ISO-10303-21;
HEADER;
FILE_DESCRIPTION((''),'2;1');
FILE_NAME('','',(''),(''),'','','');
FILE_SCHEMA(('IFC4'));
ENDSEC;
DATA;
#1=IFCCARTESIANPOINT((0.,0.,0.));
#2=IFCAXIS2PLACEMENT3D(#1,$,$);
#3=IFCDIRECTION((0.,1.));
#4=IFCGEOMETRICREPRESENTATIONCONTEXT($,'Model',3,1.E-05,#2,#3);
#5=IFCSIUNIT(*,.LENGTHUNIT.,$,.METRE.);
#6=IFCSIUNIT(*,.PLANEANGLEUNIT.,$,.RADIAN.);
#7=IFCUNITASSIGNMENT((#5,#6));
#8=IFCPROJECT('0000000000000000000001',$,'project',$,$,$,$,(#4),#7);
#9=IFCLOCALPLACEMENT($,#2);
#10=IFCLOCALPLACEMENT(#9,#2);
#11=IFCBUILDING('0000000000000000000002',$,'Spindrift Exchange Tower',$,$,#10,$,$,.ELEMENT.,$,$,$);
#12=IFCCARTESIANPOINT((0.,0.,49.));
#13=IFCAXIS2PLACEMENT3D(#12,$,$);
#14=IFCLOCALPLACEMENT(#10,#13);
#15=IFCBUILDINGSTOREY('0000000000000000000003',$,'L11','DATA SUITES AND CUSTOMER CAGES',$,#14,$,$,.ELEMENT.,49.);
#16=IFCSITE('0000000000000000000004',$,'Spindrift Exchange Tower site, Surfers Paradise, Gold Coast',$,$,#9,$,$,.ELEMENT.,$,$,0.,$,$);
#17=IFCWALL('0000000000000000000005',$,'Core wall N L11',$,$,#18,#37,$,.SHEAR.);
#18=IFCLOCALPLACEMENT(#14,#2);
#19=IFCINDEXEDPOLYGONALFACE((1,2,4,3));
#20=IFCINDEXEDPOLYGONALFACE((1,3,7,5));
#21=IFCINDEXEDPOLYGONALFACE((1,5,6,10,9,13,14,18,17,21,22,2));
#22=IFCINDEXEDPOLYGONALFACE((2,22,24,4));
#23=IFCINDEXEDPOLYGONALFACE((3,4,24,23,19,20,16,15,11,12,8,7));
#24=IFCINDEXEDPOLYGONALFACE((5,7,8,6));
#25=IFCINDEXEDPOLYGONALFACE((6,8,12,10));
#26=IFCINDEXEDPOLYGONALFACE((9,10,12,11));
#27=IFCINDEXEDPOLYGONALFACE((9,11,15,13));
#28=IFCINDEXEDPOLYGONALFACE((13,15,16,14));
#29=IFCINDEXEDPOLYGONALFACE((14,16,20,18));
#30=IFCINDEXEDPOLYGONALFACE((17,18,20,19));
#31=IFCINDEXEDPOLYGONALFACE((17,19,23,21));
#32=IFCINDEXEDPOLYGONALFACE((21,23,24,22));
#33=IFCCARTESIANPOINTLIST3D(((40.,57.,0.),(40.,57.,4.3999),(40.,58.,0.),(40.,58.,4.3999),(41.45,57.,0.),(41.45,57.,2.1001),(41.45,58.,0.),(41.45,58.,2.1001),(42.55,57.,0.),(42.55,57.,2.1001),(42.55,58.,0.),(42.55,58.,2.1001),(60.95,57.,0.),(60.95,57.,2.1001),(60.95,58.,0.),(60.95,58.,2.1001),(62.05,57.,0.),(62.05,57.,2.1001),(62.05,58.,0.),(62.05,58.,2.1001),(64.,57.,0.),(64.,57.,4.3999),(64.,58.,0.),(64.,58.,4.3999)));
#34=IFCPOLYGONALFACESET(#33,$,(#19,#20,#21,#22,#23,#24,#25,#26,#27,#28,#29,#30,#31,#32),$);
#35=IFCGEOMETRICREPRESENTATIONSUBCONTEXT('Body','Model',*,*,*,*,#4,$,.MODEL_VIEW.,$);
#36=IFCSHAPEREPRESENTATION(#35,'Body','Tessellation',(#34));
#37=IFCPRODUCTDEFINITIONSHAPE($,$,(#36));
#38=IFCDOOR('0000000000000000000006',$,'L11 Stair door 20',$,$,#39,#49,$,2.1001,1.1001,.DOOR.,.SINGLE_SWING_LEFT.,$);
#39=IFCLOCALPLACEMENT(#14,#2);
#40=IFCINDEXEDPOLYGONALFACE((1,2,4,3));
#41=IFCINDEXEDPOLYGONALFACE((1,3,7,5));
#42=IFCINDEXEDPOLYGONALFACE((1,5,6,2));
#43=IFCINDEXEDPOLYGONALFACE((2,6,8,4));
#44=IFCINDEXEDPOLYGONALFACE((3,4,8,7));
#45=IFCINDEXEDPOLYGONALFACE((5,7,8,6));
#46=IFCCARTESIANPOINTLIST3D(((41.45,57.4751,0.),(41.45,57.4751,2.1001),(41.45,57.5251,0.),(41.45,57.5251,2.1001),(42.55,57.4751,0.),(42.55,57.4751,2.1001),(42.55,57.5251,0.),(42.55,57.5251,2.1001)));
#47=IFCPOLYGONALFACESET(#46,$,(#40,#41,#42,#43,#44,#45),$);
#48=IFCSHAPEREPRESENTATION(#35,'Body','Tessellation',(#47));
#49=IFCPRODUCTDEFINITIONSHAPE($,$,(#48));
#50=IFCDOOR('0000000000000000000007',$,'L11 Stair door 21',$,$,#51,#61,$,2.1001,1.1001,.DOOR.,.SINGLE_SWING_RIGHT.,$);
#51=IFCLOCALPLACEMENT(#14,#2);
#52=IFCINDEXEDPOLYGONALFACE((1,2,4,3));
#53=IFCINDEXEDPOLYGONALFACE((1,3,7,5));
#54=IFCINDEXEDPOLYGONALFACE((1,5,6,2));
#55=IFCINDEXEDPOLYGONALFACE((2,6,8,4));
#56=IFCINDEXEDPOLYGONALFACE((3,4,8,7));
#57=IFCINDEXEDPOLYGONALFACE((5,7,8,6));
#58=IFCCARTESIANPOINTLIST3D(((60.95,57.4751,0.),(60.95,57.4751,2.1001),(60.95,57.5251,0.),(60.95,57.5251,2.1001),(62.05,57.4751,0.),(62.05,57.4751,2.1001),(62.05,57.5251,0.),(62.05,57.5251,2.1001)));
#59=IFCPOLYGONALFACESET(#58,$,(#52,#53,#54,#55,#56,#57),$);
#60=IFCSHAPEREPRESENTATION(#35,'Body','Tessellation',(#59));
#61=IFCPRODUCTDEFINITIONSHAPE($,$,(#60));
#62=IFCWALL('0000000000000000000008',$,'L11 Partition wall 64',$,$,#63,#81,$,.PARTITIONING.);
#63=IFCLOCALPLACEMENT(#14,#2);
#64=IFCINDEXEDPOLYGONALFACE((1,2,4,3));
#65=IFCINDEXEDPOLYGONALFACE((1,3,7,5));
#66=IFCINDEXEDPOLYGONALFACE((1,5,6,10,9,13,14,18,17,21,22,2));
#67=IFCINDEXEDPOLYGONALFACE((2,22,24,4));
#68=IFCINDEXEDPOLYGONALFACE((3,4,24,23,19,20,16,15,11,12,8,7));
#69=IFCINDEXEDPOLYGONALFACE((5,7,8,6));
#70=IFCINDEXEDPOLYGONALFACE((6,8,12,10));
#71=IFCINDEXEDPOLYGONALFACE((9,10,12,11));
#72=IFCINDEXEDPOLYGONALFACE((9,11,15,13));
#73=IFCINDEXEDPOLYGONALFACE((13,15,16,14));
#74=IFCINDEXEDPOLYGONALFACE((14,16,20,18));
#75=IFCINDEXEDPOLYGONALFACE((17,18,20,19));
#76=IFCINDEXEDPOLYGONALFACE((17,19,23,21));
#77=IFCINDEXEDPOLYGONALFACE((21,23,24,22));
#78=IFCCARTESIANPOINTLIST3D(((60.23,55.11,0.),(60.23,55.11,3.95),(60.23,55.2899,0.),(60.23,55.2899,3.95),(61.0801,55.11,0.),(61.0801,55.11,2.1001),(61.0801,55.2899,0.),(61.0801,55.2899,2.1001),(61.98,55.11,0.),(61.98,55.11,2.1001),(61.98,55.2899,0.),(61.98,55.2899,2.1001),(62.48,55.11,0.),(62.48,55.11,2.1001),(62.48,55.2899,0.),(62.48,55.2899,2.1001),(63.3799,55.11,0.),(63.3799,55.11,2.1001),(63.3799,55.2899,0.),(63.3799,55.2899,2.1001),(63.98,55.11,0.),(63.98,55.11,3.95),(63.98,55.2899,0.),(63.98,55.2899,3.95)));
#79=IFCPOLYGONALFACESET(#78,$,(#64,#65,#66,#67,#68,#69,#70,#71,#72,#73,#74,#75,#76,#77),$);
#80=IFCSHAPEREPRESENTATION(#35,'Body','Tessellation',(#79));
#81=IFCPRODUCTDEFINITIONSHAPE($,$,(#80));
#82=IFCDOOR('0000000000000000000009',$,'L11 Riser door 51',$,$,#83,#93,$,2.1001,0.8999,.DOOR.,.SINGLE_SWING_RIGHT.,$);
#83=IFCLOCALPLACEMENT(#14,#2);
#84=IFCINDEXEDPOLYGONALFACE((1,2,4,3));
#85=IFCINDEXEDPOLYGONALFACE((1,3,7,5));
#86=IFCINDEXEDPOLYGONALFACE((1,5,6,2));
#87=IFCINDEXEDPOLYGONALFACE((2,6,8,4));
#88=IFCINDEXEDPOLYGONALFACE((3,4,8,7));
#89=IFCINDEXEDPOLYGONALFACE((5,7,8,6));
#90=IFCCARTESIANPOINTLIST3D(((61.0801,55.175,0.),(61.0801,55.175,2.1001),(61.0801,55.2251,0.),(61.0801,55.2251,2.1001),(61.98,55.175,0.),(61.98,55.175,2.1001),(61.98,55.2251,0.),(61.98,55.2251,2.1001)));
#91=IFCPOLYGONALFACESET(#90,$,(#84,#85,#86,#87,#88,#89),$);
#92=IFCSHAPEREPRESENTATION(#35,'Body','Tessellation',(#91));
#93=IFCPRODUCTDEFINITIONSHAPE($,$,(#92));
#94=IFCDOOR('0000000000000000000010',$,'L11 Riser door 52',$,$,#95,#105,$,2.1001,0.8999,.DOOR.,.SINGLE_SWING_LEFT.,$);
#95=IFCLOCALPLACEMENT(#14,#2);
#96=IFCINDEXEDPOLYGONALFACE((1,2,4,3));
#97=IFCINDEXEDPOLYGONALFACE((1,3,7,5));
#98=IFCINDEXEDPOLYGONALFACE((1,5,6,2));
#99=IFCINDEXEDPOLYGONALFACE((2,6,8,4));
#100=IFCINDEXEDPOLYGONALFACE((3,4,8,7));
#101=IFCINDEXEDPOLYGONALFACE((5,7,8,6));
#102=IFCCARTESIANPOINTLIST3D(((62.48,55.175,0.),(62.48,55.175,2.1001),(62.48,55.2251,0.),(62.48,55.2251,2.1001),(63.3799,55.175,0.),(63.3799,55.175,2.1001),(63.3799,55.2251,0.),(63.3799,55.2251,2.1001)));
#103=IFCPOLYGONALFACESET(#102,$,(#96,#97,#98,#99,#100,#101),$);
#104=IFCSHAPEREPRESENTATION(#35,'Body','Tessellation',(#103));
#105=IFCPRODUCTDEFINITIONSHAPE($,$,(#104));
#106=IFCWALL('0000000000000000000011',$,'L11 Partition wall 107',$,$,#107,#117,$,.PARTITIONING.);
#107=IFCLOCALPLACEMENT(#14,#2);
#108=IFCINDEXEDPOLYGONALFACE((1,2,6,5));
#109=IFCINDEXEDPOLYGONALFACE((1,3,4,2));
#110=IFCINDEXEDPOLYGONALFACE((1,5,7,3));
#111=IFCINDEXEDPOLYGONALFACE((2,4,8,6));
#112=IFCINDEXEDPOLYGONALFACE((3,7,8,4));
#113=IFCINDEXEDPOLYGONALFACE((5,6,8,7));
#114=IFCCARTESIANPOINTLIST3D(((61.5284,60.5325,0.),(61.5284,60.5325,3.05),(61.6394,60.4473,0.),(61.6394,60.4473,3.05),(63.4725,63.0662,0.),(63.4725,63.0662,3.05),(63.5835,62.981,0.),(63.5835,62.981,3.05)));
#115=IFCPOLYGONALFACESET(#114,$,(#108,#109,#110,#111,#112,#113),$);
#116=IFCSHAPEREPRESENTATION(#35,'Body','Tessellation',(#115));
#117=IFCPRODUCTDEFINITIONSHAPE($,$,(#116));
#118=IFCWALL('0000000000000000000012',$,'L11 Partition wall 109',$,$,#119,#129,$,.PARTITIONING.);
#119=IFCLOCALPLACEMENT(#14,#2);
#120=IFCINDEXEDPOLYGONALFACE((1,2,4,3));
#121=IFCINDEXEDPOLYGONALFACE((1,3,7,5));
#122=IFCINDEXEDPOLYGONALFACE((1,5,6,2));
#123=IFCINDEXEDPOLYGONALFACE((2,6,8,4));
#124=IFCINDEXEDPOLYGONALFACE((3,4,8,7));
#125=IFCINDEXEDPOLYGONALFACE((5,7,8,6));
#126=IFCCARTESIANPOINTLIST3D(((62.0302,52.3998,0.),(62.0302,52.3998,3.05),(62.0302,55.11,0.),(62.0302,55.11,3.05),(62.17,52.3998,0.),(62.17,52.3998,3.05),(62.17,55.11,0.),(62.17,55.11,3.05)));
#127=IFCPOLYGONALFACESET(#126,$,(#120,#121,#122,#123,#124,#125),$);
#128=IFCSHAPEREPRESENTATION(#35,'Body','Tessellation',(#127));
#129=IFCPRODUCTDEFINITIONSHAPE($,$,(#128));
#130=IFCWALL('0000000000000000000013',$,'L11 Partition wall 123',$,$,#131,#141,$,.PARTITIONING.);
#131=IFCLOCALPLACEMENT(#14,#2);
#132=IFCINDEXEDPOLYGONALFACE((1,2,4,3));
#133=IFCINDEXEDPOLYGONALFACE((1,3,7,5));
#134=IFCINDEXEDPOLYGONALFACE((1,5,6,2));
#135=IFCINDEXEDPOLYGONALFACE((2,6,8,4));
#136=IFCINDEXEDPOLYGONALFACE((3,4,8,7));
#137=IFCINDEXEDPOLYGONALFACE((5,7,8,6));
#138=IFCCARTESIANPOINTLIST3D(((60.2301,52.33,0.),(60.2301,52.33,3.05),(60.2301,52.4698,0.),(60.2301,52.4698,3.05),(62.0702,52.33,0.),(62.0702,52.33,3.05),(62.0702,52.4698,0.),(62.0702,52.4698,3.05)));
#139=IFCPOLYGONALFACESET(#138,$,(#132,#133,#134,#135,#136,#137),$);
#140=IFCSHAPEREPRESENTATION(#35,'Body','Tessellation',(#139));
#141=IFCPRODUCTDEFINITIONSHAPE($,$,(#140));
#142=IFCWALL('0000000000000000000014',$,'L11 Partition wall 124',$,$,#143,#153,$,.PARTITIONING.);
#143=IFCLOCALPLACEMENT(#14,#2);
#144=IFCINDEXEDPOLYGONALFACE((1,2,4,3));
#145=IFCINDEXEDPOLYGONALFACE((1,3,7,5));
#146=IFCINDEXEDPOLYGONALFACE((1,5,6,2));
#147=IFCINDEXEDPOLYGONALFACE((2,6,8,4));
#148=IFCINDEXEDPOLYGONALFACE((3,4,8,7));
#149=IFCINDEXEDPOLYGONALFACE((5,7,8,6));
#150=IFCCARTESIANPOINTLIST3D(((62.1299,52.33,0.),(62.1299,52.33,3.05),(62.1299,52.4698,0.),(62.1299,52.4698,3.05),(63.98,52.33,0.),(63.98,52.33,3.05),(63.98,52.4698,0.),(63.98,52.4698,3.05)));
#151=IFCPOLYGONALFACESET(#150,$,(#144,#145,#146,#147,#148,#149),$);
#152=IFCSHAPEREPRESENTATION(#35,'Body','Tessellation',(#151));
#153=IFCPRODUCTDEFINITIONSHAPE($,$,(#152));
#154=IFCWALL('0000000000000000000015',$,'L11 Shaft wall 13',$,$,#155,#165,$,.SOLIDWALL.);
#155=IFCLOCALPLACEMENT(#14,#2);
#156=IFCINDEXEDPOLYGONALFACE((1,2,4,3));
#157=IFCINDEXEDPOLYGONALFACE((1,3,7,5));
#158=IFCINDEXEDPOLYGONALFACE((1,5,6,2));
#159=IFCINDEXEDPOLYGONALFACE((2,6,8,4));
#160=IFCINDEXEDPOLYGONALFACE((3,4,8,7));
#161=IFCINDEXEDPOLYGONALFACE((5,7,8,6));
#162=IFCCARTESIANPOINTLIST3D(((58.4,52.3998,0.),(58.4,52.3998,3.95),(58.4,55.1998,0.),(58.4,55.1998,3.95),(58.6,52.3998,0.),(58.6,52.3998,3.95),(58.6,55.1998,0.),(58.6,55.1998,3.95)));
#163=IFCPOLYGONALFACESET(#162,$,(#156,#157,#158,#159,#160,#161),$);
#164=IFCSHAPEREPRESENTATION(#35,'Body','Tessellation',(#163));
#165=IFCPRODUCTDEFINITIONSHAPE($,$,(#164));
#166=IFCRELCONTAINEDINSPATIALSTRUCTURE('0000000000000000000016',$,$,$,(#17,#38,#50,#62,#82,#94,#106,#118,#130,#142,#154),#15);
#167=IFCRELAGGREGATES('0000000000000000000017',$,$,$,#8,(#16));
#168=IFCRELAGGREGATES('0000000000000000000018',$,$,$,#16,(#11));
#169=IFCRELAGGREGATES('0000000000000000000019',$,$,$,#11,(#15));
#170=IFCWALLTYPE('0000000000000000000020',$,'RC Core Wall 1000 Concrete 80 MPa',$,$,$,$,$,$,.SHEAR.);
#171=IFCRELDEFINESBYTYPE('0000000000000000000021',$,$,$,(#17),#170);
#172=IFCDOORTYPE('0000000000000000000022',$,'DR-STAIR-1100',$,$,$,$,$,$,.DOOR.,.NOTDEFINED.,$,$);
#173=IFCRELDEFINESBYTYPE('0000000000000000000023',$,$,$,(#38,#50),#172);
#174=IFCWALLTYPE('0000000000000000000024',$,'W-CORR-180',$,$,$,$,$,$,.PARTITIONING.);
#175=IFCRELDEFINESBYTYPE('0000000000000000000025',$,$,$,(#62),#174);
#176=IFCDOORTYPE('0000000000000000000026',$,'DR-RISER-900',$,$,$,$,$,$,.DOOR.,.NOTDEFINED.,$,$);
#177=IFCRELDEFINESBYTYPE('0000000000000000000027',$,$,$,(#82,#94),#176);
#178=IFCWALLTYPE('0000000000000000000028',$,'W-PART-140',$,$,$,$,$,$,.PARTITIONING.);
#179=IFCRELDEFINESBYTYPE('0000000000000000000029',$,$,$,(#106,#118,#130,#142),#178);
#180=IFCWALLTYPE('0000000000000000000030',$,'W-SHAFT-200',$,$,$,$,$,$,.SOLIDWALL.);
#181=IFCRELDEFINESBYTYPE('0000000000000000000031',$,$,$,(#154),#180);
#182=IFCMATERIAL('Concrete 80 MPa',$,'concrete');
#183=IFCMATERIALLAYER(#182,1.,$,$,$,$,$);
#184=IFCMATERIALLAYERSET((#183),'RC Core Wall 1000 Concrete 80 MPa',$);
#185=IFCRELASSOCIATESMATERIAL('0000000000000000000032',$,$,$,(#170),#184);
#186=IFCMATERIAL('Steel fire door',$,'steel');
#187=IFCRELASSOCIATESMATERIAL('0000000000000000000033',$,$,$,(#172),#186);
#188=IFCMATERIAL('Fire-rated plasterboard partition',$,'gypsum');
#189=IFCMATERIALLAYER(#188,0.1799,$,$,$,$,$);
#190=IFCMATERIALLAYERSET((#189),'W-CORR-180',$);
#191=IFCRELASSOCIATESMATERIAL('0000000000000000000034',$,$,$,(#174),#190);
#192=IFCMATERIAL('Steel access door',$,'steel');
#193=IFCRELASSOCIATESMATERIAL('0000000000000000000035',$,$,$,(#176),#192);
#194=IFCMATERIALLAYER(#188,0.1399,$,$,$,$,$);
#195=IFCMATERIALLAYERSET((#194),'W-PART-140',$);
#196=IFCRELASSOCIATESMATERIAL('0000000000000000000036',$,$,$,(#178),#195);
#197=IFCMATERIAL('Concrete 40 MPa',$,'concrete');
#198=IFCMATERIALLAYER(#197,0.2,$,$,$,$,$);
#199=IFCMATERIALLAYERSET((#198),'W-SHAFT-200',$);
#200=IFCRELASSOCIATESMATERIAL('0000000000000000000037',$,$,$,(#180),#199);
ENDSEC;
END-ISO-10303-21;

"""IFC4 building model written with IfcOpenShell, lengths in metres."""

from ifc_helpers import new_model, si_unit, direction, frame, frame_2d, origin, place, context, subcontext, project, spatial, rectangle, extrude, source, transform, mapped, material, layer, layer_set, type_object, element, fill, save


model = new_model("IFC4")

# Units and contexts
model_context = context("Model", 3, precision=1e-05, world=origin(), true_north=direction((0.0, 1.0)))
body_context = subcontext(model_context, "Body", "Model", "MODEL_VIEW")
ifc_project = project(units=[si_unit("LENGTHUNIT", "METRE"), si_unit("PLANEANGLEUNIT", "RADIAN")], contexts=[model_context])

# Site, building, storey
site_placement = place(None, origin())
site = spatial("IfcSite", under=ifc_project, at=site_placement, Name="Spindrift Exchange Tower site, Surfers Paradise, Gold Coast", CompositionType="ELEMENT", RefElevation=0.0)
building_placement = place(site_placement, origin())
building = spatial("IfcBuilding", under=site, at=building_placement, Name="Spindrift Exchange Tower", CompositionType="ELEMENT")
storey_placement = place(building_placement, frame((0.0, 0.0, 49.0)))
storey = spatial("IfcBuildingStorey", under=building, at=storey_placement, Name="L11", Description="DATA SUITES AND CUSTOMER CAGES", CompositionType="ELEMENT", Elevation=49.0)

# Walls, openings, doors
ifc_material_1 = material(Name="Concrete 80 MPa", Category="concrete")
ifc_layer_1 = layer(ifc_material_1, 1.0)
ifc_layer_set_1 = layer_set([ifc_layer_1], Name="RC Core Wall 1000 Concrete 80 MPa")
wall_type_1 = type_object("IfcWallType", Name="RC Core Wall 1000 Concrete 80 MPa", PredefinedType="SHEAR", material=ifc_layer_set_1)
wall_1_placement = place(storey_placement, frame((64.0, 57.5, 0.0), z_axis=(0.0, 0.0, 1.0), x_axis=(-1.0, 0.0, 0.0)))
wall_1 = element("IfcWall", 1, at=wall_1_placement, inside=storey, type_object=wall_type_1, Name="Core wall N L11", PredefinedType="SHEAR", context=body_context, shape_type="SweptSolid", body=[
    extrude(rectangle(XDim=24.0, YDim=1.0, at=frame_2d((12.0, 0.0))), origin(), (0.0, 0.0, 1.0), 4.3999),
])
opening_1_placement = place(wall_1_placement, frame((21.45, 0.0, 0.0)))
opening_1 = element("IfcOpeningElement", 2, at=opening_1_placement, cuts=wall_1, PredefinedType="OPENING", context=body_context, shape_type="SweptSolid", body=[
    extrude(rectangle(XDim=1.1001, YDim=2.1001, at=frame_2d((0.55, 1.05))), frame((0.0, 0.51, 0.0), z_axis=(0.0, -1.0, 0.0), x_axis=(1.0, 0.0, 0.0)), (0.0, 0.0, 1.0), 1.02),
])
opening_2_placement = place(wall_1_placement, frame((1.95, 0.0, 0.0)))
opening_2 = element("IfcOpeningElement", 3, at=opening_2_placement, cuts=wall_1, PredefinedType="OPENING", context=body_context, shape_type="SweptSolid", body=[
    extrude(rectangle(XDim=1.1001, YDim=2.1001, at=frame_2d((0.55, 1.05))), frame((0.0, 0.51, 0.0), z_axis=(0.0, -1.0, 0.0), x_axis=(1.0, 0.0, 0.0)), (0.0, 0.0, 1.0), 1.02),
])
ifc_material_2 = material(Name="Steel fire door", Category="steel")
door_type_1 = type_object("IfcDoorType", Name="DR-STAIR-1100", OperationType="NOTDEFINED", PredefinedType="DOOR", material=ifc_material_2)
shared_shape_1 = source(origin(), body_context, "Body", "SweptSolid", [
    extrude(rectangle(XDim=1.1001, YDim=2.1001, at=frame_2d((0.55, 1.05))), frame((0.0, 0.0249, 0.0), z_axis=(0.0, -1.0, 0.0), x_axis=(1.0, 0.0, 0.0)), (0.0, 0.0, 1.0), 0.05),
])
door_1_placement = place(opening_1_placement, origin())
door_1 = element("IfcDoor", 4, at=door_1_placement, inside=storey, type_object=door_type_1, Name="L11 Stair door 20", OperationType="SINGLE_SWING_LEFT", OverallHeight=2.1001, OverallWidth=1.1001, PredefinedType="DOOR", context=body_context, shape_type="MappedRepresentation", body=[
    mapped(shared_shape_1, transform((0.0, 0.0, 0.0), scale=1.0)),
])
fill(opening_1, door_1)
door_2_placement = place(opening_2_placement, origin())
door_2 = element("IfcDoor", 5, at=door_2_placement, inside=storey, type_object=door_type_1, Name="L11 Stair door 21", OperationType="SINGLE_SWING_RIGHT", OverallHeight=2.1001, OverallWidth=1.1001, PredefinedType="DOOR", context=body_context, shape_type="MappedRepresentation", body=[
    mapped(shared_shape_1, transform((0.0, 0.0, 0.0), scale=1.0)),
])
fill(opening_2, door_2)
ifc_material_3 = material(Name="Fire-rated plasterboard partition", Category="gypsum")
ifc_layer_2 = layer(ifc_material_3, 0.1799)
ifc_layer_set_2 = layer_set([ifc_layer_2], Name="W-CORR-180")
wall_type_2 = type_object("IfcWallType", Name="W-CORR-180", PredefinedType="PARTITIONING", material=ifc_layer_set_2)
wall_2_placement = place(storey_placement, frame((63.98, 55.2, 0.0), z_axis=(0.0, 0.0, 1.0), x_axis=(-1.0, 0.0, 0.0)))
wall_2 = element("IfcWall", 6, at=wall_2_placement, inside=storey, type_object=wall_type_2, Name="L11 Partition wall 64", PredefinedType="PARTITIONING", context=body_context, shape_type="SweptSolid", body=[
    extrude(rectangle(XDim=3.75, YDim=0.1799, at=frame_2d((1.875, 0.0))), origin(), (0.0, 0.0, 1.0), 3.95),
])
opening_3_placement = place(wall_2_placement, frame((2.0, 0.0, 0.0)))
opening_3 = element("IfcOpeningElement", 7, at=opening_3_placement, cuts=wall_2, PredefinedType="OPENING", context=body_context, shape_type="SweptSolid", body=[
    extrude(rectangle(XDim=0.8999, YDim=2.1001, at=frame_2d((0.45, 1.05))), frame((0.0, 0.0999, 0.0), z_axis=(0.0, -1.0, 0.0), x_axis=(1.0, 0.0, 0.0)), (0.0, 0.0, 1.0), 0.2),
])
opening_4_placement = place(wall_2_placement, frame((0.6001, 0.0, 0.0)))
opening_4 = element("IfcOpeningElement", 8, at=opening_4_placement, cuts=wall_2, PredefinedType="OPENING", context=body_context, shape_type="SweptSolid", body=[
    extrude(rectangle(XDim=0.8999, YDim=2.1001, at=frame_2d((0.45, 1.05))), frame((0.0, 0.0999, 0.0), z_axis=(0.0, -1.0, 0.0), x_axis=(1.0, 0.0, 0.0)), (0.0, 0.0, 1.0), 0.2),
])
ifc_material_4 = material(Name="Steel access door", Category="steel")
door_type_2 = type_object("IfcDoorType", Name="DR-RISER-900", OperationType="NOTDEFINED", PredefinedType="DOOR", material=ifc_material_4)
shared_shape_2 = source(origin(), body_context, "Body", "SweptSolid", [
    extrude(rectangle(XDim=0.8999, YDim=2.1001, at=frame_2d((0.45, 1.05))), frame((0.0, 0.0249, 0.0), z_axis=(0.0, -1.0, 0.0), x_axis=(1.0, 0.0, 0.0)), (0.0, 0.0, 1.0), 0.05),
])
door_3_placement = place(opening_3_placement, origin())
door_3 = element("IfcDoor", 9, at=door_3_placement, inside=storey, type_object=door_type_2, Name="L11 Riser door 51", OperationType="SINGLE_SWING_RIGHT", OverallHeight=2.1001, OverallWidth=0.8999, PredefinedType="DOOR", context=body_context, shape_type="MappedRepresentation", body=[
    mapped(shared_shape_2, transform((0.0, 0.0, 0.0), scale=1.0)),
])
fill(opening_3, door_3)
door_4_placement = place(opening_4_placement, origin())
door_4 = element("IfcDoor", 10, at=door_4_placement, inside=storey, type_object=door_type_2, Name="L11 Riser door 52", OperationType="SINGLE_SWING_LEFT", OverallHeight=2.1001, OverallWidth=0.8999, PredefinedType="DOOR", context=body_context, shape_type="MappedRepresentation", body=[
    mapped(shared_shape_2, transform((0.0, 0.0, 0.0), scale=1.0)),
])
fill(opening_4, door_4)

# Walls
ifc_layer_3 = layer(ifc_material_3, 0.1399)
ifc_layer_set_3 = layer_set([ifc_layer_3], Name="W-PART-140")
wall_type_3 = type_object("IfcWallType", Name="W-PART-140", PredefinedType="PARTITIONING", material=ifc_layer_set_3)
wall_3_placement = place(storey_placement, frame((61.584, 60.49, 0.0), z_axis=(0.0, 0.0, 1.0), x_axis=(0.608746, 0.793365, 0.0)))
element("IfcWall", 11, at=wall_3_placement, inside=storey, type_object=wall_type_3, Name="L11 Partition wall 107", PredefinedType="PARTITIONING", context=body_context, shape_type="SweptSolid", body=[
    extrude(rectangle(XDim=3.1936, YDim=0.1399, at=frame_2d((1.5967, 0.0))), origin(), (0.0, 0.0, 1.0), 3.05),
])
wall_4_placement = place(storey_placement, frame((62.1001, 52.3999, 0.0), z_axis=(0.0, 0.0, 1.0), x_axis=(0.0, 1.0, 0.0)))
element("IfcWall", 12, at=wall_4_placement, inside=storey, type_object=wall_type_3, Name="L11 Partition wall 109", PredefinedType="PARTITIONING", context=body_context, shape_type="SweptSolid", body=[
    extrude(rectangle(XDim=2.7102, YDim=0.1399, at=frame_2d((1.355, 0.0))), origin(), (0.0, 0.0, 1.0), 3.05),
])
wall_5_placement = place(storey_placement, frame((62.0701, 52.3999, 0.0), z_axis=(0.0, 0.0, 1.0), x_axis=(-1.0, 0.0, 0.0)))
element("IfcWall", 13, at=wall_5_placement, inside=storey, type_object=wall_type_3, Name="L11 Partition wall 123", PredefinedType="PARTITIONING", context=body_context, shape_type="SweptSolid", body=[
    extrude(rectangle(XDim=1.8401, YDim=0.1399, at=frame_2d((0.9199, 0.0))), origin(), (0.0, 0.0, 1.0), 3.05),
])
wall_6_placement = place(storey_placement, frame((63.98, 52.3999, 0.0), z_axis=(0.0, 0.0, 1.0), x_axis=(-1.0, 0.0, 0.0)))
element("IfcWall", 14, at=wall_6_placement, inside=storey, type_object=wall_type_3, Name="L11 Partition wall 124", PredefinedType="PARTITIONING", context=body_context, shape_type="SweptSolid", body=[
    extrude(rectangle(XDim=1.8501, YDim=0.1399, at=frame_2d((0.925, 0.0))), origin(), (0.0, 0.0, 1.0), 3.05),
])
ifc_material_5 = material(Name="Concrete 40 MPa", Category="concrete")
ifc_layer_4 = layer(ifc_material_5, 0.2)
ifc_layer_set_4 = layer_set([ifc_layer_4], Name="W-SHAFT-200")
wall_type_4 = type_object("IfcWallType", Name="W-SHAFT-200", PredefinedType="SOLIDWALL", material=ifc_layer_set_4)
for number, where, z_axis, x_axis, name in (
    (15, (58.5, 52.3999, 0.0), (0.0, 0.0, 1.0), (0.0, 1.0, 0.0), "L11 Shaft wall 13"),
):
    element("IfcWall", number, at=place(storey_placement, frame(where, z_axis=z_axis, x_axis=x_axis)), inside=storey, type_object=wall_type_4, Name=name, PredefinedType="SOLIDWALL", context=body_context, shape_type="SweptSolid", body=[
        extrude(rectangle(XDim=2.8, YDim=0.2, at=frame_2d((1.3999, 0.0))), origin(), (0.0, 0.0, 1.0), 3.95),
    ])

save(model, "model.ifc")
